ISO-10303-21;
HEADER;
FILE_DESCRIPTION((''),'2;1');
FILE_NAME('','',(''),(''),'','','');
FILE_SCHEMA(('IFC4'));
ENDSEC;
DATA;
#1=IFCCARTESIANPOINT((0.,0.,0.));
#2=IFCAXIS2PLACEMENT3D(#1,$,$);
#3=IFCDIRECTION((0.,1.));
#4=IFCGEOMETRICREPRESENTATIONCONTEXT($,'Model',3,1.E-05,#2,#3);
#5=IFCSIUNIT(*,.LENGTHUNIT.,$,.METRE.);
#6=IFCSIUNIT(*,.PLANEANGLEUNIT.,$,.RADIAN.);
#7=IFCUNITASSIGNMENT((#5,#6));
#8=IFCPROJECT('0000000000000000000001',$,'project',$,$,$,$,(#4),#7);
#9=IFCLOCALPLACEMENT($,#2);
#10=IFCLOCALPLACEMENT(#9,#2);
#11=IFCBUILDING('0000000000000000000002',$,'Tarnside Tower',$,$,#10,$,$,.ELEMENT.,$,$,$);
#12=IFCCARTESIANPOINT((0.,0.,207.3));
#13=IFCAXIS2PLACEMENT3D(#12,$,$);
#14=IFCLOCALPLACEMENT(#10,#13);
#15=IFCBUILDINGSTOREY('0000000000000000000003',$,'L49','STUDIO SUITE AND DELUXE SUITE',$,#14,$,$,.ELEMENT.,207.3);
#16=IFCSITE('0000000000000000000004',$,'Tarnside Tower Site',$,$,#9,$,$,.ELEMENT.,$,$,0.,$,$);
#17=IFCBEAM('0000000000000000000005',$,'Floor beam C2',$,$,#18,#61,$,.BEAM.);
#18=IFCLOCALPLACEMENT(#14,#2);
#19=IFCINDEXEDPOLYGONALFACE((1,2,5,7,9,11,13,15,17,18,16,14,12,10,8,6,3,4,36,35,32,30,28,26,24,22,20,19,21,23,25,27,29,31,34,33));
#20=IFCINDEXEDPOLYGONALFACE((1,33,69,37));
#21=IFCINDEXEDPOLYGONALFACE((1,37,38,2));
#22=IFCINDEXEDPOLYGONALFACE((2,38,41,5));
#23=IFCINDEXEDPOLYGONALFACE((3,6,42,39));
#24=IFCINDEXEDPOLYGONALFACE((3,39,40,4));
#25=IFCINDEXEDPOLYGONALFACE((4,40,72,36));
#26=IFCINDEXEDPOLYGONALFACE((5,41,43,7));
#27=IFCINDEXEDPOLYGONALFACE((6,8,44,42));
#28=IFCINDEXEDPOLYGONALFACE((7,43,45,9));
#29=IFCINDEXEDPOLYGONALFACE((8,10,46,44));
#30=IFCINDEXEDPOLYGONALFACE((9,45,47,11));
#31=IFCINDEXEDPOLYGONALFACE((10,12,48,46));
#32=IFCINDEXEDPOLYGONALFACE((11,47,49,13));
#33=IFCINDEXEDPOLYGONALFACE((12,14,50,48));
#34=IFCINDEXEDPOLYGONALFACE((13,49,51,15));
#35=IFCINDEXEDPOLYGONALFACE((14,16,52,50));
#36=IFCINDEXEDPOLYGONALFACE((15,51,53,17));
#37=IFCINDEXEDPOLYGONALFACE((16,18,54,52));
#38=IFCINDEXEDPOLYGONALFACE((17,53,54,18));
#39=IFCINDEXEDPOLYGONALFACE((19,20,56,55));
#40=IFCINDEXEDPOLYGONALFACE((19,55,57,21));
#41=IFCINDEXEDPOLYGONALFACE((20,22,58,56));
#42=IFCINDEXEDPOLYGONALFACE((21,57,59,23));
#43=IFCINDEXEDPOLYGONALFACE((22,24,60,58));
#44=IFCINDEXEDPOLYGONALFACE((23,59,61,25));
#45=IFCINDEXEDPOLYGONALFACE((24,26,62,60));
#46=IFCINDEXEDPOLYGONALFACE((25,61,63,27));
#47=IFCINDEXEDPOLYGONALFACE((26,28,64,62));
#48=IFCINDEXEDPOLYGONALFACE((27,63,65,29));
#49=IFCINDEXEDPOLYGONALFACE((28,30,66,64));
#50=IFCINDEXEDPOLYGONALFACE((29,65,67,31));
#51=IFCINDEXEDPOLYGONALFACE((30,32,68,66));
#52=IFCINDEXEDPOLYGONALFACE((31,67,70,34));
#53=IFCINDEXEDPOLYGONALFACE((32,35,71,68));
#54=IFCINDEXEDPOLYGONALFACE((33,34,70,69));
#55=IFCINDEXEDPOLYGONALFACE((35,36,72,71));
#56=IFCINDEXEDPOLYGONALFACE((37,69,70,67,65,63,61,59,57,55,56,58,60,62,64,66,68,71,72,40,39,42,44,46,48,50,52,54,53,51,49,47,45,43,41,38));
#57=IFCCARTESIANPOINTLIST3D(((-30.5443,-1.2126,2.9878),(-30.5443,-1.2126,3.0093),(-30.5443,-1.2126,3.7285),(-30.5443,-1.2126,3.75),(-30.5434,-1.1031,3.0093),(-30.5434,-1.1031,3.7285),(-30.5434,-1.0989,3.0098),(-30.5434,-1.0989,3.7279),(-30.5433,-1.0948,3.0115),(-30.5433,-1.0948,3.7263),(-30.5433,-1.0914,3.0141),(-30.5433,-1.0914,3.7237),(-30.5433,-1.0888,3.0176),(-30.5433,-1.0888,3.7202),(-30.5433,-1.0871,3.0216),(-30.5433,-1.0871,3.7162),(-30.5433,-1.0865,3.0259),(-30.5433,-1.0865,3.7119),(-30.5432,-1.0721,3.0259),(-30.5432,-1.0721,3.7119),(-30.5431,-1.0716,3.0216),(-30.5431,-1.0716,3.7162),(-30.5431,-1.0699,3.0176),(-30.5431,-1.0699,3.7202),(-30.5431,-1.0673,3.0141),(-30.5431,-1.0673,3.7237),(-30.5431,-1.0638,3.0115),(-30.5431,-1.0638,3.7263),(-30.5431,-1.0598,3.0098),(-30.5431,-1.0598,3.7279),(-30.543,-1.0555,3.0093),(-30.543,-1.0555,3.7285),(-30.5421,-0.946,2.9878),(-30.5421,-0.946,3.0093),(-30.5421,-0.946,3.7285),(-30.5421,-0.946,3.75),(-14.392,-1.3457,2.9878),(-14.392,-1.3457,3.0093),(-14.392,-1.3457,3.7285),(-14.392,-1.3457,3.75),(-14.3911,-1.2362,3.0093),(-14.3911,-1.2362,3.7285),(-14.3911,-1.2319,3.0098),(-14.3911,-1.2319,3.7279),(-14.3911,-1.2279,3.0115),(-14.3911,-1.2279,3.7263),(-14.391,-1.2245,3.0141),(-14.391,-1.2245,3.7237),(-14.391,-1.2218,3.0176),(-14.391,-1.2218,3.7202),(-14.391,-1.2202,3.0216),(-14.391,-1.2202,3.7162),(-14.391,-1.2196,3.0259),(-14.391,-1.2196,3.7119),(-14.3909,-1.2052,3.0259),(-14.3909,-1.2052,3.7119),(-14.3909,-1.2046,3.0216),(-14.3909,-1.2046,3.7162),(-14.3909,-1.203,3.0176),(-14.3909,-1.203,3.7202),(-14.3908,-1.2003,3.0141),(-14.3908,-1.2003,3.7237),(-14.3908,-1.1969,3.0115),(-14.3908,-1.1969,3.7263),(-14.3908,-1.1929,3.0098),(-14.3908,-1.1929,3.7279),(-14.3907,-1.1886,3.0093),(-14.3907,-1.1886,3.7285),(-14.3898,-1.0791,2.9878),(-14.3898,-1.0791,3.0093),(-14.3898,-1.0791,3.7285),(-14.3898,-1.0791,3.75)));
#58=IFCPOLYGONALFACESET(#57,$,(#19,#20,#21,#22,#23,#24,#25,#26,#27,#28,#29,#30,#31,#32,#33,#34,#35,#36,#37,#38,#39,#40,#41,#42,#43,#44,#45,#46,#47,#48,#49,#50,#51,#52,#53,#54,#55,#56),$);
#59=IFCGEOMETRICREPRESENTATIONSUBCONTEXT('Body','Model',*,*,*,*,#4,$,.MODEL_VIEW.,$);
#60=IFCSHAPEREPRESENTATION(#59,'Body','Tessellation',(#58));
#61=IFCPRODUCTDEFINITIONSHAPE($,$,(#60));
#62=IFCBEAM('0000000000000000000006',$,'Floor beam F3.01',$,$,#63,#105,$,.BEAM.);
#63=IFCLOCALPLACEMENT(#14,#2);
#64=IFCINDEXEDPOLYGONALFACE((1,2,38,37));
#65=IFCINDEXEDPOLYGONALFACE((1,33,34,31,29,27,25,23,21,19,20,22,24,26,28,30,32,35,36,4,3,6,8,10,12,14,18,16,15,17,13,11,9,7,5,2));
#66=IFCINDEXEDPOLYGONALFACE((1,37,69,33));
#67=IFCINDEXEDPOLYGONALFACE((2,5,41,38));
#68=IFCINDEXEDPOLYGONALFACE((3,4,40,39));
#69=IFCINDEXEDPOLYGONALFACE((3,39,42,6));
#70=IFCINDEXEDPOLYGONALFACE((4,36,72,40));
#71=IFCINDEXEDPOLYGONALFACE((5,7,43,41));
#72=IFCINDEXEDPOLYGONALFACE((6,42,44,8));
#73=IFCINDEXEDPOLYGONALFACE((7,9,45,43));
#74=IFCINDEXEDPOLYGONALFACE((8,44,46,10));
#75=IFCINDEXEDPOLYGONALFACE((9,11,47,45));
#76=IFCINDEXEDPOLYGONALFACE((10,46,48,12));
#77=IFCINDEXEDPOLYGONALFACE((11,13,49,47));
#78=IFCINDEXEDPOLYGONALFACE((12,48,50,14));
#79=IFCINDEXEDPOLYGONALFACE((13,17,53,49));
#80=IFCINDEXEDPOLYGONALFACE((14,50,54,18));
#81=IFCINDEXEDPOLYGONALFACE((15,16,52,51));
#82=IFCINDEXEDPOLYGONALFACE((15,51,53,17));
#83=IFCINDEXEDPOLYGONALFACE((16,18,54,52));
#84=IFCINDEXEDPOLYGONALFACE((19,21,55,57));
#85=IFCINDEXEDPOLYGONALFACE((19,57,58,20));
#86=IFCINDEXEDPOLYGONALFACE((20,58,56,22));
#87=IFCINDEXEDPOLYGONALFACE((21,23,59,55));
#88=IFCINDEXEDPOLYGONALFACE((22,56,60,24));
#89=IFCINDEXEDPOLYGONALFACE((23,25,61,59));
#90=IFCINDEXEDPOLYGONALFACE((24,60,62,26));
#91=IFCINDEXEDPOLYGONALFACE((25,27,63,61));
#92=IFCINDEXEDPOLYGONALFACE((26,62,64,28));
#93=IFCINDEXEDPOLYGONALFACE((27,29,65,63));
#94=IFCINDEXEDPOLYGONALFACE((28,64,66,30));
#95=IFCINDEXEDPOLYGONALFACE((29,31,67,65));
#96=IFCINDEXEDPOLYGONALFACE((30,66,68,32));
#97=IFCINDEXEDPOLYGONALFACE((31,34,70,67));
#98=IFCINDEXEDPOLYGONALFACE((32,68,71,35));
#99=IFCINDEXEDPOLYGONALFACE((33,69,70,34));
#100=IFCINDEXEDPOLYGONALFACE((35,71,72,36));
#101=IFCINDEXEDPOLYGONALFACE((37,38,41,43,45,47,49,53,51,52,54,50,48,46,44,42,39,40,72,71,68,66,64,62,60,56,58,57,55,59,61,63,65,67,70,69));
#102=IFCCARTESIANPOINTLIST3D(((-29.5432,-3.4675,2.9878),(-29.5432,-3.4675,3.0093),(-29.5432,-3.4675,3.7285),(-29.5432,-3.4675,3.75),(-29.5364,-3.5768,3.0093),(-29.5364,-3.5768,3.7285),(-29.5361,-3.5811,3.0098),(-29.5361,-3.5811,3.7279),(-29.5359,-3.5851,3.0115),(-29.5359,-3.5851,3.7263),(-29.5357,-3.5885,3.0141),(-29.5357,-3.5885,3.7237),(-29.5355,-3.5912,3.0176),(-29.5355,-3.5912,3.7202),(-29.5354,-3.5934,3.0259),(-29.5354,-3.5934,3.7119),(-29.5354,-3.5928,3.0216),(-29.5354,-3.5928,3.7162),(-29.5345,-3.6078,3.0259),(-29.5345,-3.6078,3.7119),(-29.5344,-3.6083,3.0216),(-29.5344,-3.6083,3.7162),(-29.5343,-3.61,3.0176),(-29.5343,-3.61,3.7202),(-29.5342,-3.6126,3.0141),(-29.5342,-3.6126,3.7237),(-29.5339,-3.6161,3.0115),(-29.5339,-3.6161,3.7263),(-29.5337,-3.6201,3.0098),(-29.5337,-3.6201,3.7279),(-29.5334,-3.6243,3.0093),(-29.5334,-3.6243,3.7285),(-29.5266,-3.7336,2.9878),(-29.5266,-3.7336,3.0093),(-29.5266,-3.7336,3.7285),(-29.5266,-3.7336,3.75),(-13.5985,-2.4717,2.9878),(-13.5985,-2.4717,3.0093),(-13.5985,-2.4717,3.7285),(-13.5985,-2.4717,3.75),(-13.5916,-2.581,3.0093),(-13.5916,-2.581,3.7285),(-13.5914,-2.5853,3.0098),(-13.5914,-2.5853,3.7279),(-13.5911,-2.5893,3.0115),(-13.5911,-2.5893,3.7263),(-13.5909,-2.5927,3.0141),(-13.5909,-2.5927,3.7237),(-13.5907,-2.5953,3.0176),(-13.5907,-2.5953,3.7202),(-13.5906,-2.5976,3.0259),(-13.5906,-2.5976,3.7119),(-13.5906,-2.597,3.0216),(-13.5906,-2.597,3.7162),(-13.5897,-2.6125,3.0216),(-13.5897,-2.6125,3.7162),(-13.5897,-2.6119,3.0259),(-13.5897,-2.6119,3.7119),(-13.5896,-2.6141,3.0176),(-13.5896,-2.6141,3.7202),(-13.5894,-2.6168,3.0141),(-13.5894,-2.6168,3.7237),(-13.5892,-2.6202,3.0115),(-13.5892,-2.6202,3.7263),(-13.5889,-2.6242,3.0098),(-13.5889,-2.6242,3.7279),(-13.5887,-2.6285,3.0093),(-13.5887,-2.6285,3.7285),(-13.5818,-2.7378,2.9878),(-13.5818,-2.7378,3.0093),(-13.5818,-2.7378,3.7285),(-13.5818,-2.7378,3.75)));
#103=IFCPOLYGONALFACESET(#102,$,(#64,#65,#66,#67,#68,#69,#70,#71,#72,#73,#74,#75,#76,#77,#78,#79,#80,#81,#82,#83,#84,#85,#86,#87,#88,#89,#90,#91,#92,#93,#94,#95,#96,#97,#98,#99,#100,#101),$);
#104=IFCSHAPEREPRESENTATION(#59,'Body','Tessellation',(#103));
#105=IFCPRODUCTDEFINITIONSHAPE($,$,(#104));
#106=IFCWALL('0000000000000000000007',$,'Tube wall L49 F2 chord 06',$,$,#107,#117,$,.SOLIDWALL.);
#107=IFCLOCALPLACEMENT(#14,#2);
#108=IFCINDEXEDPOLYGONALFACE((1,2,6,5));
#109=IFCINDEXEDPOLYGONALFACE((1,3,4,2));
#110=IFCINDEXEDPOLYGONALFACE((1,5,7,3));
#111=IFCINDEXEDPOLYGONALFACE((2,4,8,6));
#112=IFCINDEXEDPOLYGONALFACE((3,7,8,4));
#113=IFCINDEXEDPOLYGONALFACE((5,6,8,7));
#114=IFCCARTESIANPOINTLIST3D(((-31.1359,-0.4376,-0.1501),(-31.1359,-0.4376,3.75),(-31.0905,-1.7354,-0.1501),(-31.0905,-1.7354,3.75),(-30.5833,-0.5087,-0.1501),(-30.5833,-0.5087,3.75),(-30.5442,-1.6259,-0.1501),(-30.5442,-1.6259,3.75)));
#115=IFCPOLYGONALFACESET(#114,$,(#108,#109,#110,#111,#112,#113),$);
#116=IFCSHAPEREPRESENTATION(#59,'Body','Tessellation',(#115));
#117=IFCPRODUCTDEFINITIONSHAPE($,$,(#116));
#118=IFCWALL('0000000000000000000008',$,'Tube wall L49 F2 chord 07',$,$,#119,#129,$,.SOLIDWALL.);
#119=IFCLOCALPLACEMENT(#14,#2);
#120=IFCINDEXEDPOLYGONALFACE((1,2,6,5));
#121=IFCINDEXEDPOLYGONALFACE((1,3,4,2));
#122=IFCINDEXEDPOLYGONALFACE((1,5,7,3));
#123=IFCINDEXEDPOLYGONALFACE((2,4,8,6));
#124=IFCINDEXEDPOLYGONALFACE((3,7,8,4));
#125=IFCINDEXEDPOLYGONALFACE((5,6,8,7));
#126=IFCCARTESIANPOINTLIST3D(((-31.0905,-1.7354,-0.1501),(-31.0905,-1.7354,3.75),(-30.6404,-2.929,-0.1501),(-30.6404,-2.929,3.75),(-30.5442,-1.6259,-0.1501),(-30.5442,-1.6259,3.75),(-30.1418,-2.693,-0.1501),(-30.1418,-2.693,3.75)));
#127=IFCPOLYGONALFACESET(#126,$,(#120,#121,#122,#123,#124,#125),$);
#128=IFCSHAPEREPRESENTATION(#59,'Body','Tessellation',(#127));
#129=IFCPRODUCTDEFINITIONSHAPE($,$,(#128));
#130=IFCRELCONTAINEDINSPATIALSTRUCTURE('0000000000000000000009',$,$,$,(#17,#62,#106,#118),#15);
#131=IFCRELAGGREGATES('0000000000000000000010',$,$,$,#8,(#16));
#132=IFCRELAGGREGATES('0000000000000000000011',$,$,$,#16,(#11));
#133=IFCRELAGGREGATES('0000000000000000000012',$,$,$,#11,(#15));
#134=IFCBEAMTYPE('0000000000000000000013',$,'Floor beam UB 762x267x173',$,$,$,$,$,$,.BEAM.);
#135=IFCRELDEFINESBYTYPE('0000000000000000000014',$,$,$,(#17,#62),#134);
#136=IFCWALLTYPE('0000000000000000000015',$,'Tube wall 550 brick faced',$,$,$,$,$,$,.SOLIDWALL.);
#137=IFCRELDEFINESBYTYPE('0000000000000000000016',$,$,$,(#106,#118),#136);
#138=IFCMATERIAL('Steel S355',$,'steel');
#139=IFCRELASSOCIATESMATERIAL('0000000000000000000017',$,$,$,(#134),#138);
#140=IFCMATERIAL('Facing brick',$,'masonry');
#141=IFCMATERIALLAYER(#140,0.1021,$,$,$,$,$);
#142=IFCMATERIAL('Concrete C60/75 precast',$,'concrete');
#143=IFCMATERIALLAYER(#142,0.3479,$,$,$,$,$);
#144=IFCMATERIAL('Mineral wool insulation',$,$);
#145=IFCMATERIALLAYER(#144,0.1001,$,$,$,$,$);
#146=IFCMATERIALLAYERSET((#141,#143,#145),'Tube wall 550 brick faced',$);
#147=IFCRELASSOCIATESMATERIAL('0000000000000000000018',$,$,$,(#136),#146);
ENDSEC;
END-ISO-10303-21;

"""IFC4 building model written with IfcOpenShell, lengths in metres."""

from ifc_helpers import new_model, si_unit, direction, frame, origin, origin_2d, place, context, subcontext, project, spatial, polyline, i_section, outline, extrude, material, layer, layer_set, material_profile, profile_set, type_object, element, save


model = new_model("IFC4")

# Units and contexts
model_context = context("Model", 3, precision=1e-05, world=origin(), true_north=direction((0.0, 1.0)))
body_context = subcontext(model_context, "Body", "Model", "MODEL_VIEW")
ifc_project = project(units=[si_unit("LENGTHUNIT", "METRE"), si_unit("PLANEANGLEUNIT", "RADIAN")], contexts=[model_context])

# Site, building, storey
site_placement = place(None, origin())
site = spatial("IfcSite", under=ifc_project, at=site_placement, Name="Tarnside Tower Site", CompositionType="ELEMENT", RefElevation=0.0)
building_placement = place(site_placement, origin())
building = spatial("IfcBuilding", under=site, at=building_placement, Name="Tarnside Tower", CompositionType="ELEMENT")
storey_placement = place(building_placement, frame((0.0, 0.0, 207.3)))
storey = spatial("IfcBuildingStorey", under=building, at=storey_placement, Name="L49", Description="STUDIO SUITE AND DELUXE SUITE", CompositionType="ELEMENT", Elevation=207.3)

# Beams
ifc_material_1 = material(Name="Steel S355", Category="steel")
ifc_material_profile = material_profile(ifc_material_1, i_section(OverallWidth=0.2666, OverallDepth=0.7622, WebThickness=0.0144, FlangeThickness=0.0215, FilletRadius=0.0166, at=origin_2d()), Name="UB 762x267x173")
ifc_profile_set = profile_set([ifc_material_profile], Name="Steel S355")
beam_type = type_object("IfcBeamType", Name="Floor beam UB 762x267x173", PredefinedType="BEAM", material=ifc_profile_set)
beam_1_placement = place(storey_placement, frame((-30.5432, -1.0793, 3.3689), z_axis=(0.999966, -0.008237, 0.0), x_axis=(0.008237, 0.999966, 0.0)))
element("IfcBeam", 1, at=beam_1_placement, inside=storey, type_object=beam_type, Name="Floor beam C2", PredefinedType="BEAM", context=body_context, shape_type="SweptSolid", body=[
    extrude(i_section(OverallWidth=0.2666, OverallDepth=0.7622, WebThickness=0.0144, FlangeThickness=0.0215, FilletRadius=0.0166, at=origin_2d()), origin(), (0.0, 0.0, 1.0), 16.1528),
])
beam_2_placement = place(storey_placement, frame((-29.5349, -3.6006, 3.3689), z_axis=(0.998055, 0.062335, 0.0), x_axis=(-0.062335, 0.998055, 0.0)))
element("IfcBeam", 2, at=beam_2_placement, inside=storey, type_object=beam_type, Name="Floor beam F3.01", PredefinedType="BEAM", context=body_context, shape_type="SweptSolid", body=[
    extrude(i_section(OverallWidth=0.2666, OverallDepth=0.7622, WebThickness=0.0144, FlangeThickness=0.0215, FilletRadius=0.0166, at=origin_2d()), origin(), (0.0, 0.0, 1.0), 15.9758),
])

# Walls
ifc_material_2 = material(Name="Facing brick", Category="masonry")
ifc_layer_1 = layer(ifc_material_2, 0.1021)
ifc_material_3 = material(Name="Concrete C60/75 precast", Category="concrete")
ifc_layer_2 = layer(ifc_material_3, 0.3479)
ifc_material_4 = material(Name="Mineral wool insulation")
ifc_layer_3 = layer(ifc_material_4, 0.1001)
ifc_layer_set_1 = layer_set([ifc_layer_1, ifc_layer_2, ifc_layer_3], Name="Tube wall 550 brick faced")
wall_type = type_object("IfcWallType", Name="Tube wall 550 brick faced", PredefinedType="SOLIDWALL", material=ifc_layer_set_1)
wall_1_placement = place(storey_placement, frame((-30.8596, -0.4731, -0.1501), z_axis=(0.0, 0.0, 1.0), x_axis=(0.034956, -0.999389, 0.0)))
element("IfcWall", 3, at=wall_1_placement, inside=storey, type_object=wall_type, Name="Tube wall L49 F2 chord 06", PredefinedType="SOLIDWALL", context=body_context, shape_type="SweptSolid", body=[
    extrude(outline(polyline([(-0.0452, -0.2749), (1.2534, -0.2749), (1.1631, 0.2749), (0.0452, 0.2749), (-0.0452, -0.2749)])), origin(), (0.0, 0.0, 1.0), 3.9001),
])
wall_2_placement = place(storey_placement, frame((-30.8174, -1.6807, -0.1501), z_axis=(0.0, 0.0, 1.0), x_axis=(0.35285, -0.93568, 0.0)))
element("IfcWall", 4, at=wall_2_placement, inside=storey, type_object=wall_type, Name="Tube wall L49 F2 chord 07", PredefinedType="SOLIDWALL", context=body_context, shape_type="SweptSolid", body=[
    extrude(outline(polyline([(-0.0452, -0.2749), (1.2305, -0.2749), (1.1855, 0.2749), (0.0452, 0.2749), (-0.0452, -0.2749)])), origin(), (0.0, 0.0, 1.0), 3.9001),
])

save(model, "model.ifc")
